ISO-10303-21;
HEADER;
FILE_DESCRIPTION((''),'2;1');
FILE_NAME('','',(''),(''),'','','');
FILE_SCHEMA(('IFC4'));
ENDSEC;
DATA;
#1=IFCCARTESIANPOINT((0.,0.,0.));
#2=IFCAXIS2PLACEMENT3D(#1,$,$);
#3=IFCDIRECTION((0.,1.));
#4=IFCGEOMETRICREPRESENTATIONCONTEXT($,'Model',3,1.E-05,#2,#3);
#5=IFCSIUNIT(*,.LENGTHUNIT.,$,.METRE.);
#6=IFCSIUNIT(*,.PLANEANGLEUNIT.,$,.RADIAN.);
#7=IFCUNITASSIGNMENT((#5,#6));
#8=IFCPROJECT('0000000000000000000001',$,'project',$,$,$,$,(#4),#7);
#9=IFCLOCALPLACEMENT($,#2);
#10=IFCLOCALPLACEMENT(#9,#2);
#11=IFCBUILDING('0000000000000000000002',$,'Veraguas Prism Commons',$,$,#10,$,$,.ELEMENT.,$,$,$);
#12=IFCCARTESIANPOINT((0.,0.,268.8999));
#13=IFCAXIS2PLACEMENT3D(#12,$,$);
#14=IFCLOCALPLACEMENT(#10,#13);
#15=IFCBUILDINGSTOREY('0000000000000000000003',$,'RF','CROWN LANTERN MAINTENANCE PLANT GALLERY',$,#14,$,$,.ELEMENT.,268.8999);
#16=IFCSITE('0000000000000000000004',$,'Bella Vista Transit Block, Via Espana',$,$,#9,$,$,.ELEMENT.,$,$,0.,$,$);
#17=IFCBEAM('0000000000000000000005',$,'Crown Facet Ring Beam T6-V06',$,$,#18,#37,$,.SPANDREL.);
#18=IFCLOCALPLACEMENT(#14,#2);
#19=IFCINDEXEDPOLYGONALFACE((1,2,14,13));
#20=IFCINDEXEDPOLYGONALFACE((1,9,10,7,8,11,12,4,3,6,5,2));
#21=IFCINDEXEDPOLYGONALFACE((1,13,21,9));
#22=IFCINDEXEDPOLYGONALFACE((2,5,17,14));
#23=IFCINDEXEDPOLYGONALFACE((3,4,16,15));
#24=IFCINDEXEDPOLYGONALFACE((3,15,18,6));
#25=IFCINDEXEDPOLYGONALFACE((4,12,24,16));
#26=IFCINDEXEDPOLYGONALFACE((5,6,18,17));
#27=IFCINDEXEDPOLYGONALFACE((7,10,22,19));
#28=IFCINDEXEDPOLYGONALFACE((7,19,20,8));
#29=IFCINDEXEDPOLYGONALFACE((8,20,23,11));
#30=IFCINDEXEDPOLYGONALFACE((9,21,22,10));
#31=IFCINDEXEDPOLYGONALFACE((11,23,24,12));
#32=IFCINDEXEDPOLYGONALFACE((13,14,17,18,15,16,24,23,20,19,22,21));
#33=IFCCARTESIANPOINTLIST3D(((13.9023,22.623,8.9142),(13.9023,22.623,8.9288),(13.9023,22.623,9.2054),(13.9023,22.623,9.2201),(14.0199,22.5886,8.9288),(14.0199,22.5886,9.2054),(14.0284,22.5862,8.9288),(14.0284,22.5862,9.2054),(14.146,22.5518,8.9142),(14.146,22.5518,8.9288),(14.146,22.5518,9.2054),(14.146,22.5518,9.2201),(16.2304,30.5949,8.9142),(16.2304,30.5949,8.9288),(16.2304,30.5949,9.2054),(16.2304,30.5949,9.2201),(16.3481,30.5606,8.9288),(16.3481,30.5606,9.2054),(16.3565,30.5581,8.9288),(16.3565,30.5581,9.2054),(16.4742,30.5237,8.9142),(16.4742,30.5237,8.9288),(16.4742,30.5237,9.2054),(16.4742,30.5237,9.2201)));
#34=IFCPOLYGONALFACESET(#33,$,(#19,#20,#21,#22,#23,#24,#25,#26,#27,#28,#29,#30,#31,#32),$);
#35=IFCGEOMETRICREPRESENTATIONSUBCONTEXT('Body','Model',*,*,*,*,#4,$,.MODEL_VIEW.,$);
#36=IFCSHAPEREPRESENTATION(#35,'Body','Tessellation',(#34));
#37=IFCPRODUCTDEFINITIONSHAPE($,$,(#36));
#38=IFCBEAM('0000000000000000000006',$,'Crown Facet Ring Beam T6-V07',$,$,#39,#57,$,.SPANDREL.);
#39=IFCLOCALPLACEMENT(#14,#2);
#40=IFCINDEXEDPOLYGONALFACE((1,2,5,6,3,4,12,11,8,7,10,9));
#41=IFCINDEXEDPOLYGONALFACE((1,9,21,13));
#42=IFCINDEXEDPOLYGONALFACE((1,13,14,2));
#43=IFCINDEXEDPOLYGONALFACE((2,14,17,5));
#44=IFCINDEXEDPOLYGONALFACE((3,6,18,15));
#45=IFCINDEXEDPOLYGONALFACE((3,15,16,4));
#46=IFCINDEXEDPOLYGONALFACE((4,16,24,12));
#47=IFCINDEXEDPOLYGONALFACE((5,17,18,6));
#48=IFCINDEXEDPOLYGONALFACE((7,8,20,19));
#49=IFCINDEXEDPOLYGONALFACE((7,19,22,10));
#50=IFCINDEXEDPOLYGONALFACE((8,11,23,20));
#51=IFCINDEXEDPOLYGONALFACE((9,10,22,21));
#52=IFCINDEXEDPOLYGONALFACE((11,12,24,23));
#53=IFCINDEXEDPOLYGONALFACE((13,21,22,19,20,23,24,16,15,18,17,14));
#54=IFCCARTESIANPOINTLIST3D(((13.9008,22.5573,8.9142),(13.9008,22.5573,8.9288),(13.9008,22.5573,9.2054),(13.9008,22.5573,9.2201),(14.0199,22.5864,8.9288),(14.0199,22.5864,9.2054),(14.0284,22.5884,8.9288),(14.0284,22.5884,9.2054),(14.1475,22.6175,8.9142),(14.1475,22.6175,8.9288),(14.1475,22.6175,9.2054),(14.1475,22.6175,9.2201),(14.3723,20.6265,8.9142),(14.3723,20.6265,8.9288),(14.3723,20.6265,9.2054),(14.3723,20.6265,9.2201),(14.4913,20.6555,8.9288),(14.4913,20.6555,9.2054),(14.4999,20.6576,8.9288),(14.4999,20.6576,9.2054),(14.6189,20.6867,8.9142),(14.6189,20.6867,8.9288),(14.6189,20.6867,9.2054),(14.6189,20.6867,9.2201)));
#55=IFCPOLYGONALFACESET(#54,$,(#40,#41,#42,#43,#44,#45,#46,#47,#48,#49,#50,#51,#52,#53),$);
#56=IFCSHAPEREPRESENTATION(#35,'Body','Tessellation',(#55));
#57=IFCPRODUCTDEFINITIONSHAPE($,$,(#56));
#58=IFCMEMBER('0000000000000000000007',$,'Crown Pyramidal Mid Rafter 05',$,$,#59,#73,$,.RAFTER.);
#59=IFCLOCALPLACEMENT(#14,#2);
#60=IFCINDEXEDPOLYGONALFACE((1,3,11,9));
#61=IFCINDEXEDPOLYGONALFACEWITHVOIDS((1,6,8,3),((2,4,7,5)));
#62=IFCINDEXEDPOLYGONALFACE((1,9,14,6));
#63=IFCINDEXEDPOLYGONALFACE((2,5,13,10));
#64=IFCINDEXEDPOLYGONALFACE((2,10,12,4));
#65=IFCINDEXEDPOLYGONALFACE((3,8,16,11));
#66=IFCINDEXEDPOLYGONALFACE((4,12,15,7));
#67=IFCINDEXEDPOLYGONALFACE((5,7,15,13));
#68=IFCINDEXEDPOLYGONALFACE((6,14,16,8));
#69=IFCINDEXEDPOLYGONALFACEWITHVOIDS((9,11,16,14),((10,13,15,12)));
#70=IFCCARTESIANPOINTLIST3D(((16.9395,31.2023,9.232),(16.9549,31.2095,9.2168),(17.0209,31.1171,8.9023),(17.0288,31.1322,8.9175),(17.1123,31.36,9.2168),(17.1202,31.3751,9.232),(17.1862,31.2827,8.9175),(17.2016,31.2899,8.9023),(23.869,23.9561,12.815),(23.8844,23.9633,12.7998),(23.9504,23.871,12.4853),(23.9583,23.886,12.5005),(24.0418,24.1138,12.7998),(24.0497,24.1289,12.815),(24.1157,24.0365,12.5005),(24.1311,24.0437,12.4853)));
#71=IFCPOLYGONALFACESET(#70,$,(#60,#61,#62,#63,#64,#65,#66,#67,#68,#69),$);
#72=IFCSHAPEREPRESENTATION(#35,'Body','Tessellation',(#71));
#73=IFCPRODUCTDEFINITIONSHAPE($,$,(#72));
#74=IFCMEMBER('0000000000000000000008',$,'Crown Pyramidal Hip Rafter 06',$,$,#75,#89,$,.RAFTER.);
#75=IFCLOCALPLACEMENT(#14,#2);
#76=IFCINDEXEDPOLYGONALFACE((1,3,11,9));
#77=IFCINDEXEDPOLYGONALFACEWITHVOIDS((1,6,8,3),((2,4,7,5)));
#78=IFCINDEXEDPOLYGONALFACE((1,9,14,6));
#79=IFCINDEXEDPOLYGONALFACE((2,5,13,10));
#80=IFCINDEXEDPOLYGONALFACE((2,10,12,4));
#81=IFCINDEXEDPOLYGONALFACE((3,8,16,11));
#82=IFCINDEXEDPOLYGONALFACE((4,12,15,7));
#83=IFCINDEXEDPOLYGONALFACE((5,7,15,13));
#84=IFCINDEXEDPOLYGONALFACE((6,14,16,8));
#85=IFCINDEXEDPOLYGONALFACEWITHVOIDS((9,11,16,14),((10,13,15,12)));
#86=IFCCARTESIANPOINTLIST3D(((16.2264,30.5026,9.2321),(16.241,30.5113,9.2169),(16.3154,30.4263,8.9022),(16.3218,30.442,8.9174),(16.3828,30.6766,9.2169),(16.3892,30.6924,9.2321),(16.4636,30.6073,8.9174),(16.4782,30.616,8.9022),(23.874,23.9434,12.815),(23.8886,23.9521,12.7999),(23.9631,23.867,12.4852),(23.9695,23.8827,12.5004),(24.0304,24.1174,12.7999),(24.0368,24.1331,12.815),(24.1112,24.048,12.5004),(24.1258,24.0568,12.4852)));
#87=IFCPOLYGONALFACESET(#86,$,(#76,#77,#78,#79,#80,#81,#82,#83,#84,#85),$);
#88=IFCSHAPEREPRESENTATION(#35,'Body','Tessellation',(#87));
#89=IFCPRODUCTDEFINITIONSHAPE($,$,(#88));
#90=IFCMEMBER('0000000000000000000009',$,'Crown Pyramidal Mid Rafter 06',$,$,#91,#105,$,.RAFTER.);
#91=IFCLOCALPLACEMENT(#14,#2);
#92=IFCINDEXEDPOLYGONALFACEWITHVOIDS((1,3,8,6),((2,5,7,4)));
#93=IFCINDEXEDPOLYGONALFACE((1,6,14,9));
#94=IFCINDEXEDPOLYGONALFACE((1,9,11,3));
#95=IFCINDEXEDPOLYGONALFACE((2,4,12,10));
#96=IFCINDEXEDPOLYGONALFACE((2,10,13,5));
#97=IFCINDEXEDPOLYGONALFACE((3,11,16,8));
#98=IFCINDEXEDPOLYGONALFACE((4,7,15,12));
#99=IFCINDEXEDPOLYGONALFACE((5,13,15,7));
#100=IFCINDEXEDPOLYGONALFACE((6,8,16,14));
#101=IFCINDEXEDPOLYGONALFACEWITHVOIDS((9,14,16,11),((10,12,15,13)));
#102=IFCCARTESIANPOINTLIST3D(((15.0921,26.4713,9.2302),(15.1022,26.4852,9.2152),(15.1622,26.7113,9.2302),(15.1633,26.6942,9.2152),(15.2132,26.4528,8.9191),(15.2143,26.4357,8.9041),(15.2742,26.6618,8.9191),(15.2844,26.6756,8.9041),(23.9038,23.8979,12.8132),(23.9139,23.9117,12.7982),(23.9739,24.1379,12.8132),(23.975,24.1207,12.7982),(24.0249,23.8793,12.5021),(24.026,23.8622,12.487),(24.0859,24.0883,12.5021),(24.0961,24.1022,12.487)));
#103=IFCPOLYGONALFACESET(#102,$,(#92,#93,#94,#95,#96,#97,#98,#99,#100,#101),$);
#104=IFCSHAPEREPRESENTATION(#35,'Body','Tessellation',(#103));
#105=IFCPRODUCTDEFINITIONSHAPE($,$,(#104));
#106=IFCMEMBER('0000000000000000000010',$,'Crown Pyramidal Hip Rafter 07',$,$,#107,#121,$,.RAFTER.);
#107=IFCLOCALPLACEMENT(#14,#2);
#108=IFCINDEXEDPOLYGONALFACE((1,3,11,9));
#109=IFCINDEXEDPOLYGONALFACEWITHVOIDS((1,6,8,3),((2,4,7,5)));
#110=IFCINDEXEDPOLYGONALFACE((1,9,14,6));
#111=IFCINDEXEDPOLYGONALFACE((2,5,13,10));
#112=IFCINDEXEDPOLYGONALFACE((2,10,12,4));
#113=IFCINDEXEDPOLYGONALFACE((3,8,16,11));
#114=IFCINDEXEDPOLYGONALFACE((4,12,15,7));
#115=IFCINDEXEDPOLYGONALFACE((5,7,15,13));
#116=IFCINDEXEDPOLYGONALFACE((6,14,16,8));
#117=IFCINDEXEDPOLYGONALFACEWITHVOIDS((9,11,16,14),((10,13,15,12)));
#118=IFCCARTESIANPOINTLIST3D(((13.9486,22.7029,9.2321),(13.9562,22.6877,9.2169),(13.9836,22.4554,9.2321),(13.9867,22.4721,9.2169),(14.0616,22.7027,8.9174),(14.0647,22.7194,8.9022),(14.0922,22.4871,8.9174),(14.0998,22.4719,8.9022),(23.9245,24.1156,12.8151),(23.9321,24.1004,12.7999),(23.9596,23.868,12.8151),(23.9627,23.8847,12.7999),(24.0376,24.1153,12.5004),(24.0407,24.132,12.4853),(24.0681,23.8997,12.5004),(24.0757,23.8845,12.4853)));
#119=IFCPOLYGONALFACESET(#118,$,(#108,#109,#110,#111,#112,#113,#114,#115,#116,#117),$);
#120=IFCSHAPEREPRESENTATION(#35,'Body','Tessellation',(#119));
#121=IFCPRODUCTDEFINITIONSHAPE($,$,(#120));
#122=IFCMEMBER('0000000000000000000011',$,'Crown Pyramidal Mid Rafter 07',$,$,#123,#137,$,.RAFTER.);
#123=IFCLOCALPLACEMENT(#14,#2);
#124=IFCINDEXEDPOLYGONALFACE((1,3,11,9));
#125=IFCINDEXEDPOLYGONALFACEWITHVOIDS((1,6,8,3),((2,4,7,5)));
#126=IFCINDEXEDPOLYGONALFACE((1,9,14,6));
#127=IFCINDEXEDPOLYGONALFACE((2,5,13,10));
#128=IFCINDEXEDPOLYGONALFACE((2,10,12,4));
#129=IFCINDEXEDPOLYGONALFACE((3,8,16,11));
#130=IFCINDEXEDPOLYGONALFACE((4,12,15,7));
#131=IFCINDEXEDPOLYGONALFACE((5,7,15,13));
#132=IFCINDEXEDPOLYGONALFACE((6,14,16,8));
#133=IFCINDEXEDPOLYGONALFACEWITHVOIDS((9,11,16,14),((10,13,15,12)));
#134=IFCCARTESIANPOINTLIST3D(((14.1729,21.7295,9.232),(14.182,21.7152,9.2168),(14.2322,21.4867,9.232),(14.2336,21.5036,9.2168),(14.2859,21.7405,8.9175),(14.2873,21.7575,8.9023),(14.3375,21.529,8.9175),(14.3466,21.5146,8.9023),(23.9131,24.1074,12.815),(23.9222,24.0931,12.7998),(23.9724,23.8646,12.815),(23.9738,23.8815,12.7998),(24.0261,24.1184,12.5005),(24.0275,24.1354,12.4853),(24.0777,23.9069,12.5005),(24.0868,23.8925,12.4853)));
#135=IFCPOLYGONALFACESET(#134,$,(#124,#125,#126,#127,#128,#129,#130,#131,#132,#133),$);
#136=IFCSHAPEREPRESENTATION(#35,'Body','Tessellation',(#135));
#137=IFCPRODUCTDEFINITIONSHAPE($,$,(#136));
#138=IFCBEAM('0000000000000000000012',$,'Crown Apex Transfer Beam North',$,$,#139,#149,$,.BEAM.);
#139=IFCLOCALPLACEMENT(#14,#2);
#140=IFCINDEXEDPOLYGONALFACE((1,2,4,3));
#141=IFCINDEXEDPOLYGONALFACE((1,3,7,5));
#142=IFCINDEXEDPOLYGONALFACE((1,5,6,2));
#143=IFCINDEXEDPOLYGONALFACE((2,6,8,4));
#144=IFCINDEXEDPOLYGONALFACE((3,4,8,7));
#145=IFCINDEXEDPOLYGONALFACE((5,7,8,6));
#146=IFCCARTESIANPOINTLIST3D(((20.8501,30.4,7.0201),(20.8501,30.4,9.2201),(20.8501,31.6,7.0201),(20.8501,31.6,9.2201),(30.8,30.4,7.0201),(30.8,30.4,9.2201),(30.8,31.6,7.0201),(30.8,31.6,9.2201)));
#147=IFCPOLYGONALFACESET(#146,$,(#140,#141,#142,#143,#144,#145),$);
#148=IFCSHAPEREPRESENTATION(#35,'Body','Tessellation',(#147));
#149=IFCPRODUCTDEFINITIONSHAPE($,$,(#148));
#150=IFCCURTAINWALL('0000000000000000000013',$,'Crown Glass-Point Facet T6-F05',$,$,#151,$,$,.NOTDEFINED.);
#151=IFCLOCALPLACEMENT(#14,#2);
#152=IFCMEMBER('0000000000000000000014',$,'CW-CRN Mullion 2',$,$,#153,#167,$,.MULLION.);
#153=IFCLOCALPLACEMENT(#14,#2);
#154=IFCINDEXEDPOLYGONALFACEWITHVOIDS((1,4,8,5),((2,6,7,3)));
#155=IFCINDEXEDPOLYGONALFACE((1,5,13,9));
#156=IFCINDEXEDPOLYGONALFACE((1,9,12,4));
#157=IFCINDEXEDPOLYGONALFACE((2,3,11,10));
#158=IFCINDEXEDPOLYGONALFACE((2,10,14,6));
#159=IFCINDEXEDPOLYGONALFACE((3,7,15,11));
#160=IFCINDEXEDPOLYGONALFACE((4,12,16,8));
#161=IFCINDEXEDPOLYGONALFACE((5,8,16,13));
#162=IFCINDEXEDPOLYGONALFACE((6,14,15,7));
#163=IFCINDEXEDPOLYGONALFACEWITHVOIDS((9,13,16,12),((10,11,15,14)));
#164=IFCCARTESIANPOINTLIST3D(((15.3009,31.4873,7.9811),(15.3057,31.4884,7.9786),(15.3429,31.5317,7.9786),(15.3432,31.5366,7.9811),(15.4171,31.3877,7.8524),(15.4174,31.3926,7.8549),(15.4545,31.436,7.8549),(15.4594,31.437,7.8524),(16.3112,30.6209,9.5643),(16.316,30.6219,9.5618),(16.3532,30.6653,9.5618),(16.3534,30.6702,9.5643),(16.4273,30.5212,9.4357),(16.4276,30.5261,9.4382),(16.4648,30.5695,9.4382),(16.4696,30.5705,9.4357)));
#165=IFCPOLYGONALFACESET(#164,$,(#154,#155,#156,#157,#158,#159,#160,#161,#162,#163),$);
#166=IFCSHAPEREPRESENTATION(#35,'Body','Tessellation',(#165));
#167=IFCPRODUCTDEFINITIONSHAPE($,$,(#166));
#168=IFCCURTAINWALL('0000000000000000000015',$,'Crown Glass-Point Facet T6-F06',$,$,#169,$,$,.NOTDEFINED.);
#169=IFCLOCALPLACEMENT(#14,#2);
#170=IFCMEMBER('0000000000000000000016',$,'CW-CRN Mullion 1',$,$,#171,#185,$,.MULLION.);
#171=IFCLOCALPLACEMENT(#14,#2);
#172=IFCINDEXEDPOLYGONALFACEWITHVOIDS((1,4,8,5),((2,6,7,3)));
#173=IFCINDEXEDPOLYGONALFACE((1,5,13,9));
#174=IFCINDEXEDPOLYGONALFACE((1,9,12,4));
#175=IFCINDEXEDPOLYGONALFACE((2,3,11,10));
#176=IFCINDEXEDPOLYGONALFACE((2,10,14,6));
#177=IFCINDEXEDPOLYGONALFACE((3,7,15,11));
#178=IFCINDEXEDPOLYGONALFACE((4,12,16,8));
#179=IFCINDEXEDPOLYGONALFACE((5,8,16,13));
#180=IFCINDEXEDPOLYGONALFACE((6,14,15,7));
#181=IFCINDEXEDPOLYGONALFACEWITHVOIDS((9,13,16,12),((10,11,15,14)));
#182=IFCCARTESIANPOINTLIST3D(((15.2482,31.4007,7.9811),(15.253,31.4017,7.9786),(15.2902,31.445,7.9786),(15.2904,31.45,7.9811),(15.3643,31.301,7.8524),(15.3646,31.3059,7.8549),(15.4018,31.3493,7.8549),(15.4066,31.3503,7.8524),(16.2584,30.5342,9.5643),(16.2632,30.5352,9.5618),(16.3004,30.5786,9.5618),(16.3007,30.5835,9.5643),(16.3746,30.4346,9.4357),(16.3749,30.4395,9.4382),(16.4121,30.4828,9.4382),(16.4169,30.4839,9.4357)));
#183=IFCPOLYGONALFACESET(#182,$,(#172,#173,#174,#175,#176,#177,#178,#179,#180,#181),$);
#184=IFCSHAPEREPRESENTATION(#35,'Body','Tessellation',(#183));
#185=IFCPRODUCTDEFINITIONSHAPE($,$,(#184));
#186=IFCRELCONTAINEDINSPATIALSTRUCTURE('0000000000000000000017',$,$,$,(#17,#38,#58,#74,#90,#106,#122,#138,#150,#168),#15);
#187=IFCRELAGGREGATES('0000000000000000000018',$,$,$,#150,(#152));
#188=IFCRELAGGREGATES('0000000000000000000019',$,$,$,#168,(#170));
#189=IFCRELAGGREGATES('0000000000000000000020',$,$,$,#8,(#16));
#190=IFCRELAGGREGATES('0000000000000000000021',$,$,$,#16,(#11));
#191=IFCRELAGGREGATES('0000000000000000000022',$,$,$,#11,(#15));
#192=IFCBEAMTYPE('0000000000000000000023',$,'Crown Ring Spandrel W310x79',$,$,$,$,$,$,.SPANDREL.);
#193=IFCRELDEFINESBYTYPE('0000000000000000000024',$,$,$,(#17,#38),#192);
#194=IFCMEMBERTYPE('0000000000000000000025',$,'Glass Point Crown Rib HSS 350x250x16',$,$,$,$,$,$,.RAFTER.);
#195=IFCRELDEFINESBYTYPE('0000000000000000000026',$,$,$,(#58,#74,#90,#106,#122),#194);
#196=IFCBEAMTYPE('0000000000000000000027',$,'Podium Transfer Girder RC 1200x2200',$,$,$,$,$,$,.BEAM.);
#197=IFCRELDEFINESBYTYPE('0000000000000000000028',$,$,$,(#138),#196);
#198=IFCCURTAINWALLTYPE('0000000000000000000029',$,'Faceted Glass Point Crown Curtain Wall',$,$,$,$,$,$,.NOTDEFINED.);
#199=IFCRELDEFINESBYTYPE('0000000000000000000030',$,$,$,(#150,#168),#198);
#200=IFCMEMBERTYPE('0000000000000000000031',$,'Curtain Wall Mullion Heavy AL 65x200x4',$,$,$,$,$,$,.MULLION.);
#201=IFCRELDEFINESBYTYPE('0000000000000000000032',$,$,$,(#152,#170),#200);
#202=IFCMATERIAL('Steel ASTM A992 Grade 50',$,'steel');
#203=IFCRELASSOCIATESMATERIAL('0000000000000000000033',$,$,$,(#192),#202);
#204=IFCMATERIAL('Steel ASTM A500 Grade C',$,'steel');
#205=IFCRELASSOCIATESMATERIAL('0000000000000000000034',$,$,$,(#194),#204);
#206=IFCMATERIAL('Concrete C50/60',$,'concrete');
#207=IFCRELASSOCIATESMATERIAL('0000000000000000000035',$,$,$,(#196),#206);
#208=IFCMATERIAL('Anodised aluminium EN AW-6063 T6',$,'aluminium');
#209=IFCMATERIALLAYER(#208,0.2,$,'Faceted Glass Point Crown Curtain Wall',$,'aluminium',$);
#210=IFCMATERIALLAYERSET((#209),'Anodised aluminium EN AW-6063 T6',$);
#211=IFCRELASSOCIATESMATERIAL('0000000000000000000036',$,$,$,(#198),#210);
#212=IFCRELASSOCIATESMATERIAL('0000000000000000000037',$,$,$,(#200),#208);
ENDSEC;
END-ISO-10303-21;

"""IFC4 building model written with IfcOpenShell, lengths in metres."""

from ifc_helpers import new_model, si_unit, direction, frame, origin, origin_2d, place, context, subcontext, project, spatial, rectangle, hollow_rectangle, i_section, extrude, source, transform, mapped, material, layer, layer_set, material_profile, profile_set, type_object, element, aggregate, save


model = new_model("IFC4")

# Units and contexts
model_context = context("Model", 3, precision=1e-05, world=origin(), true_north=direction((0.0, 1.0)))
body_context = subcontext(model_context, "Body", "Model", "MODEL_VIEW")
ifc_project = project(units=[si_unit("LENGTHUNIT", "METRE"), si_unit("PLANEANGLEUNIT", "RADIAN")], contexts=[model_context])

# Site, building, storey
site_placement = place(None, origin())
site = spatial("IfcSite", under=ifc_project, at=site_placement, Name="Bella Vista Transit Block, Via Espana", CompositionType="ELEMENT", RefElevation=0.0)
building_placement = place(site_placement, origin())
building = spatial("IfcBuilding", under=site, at=building_placement, Name="Veraguas Prism Commons", CompositionType="ELEMENT")
storey_placement = place(building_placement, frame((0.0, 0.0, 268.8999)))
storey = spatial("IfcBuildingStorey", under=building, at=storey_placement, Name="RF", Description="CROWN LANTERN MAINTENANCE PLANT GALLERY", CompositionType="ELEMENT", Elevation=268.8999)

# Shared definitions
ifc_material_1 = material(Name="Steel ASTM A992 Grade 50", Category="steel")

# Shared definitions
ifc_material_2 = material(Name="Steel ASTM A500 Grade C", Category="steel")

# Beams
ifc_material_profile_1 = material_profile(ifc_material_1, i_section(OverallWidth=0.2539, OverallDepth=0.3059, WebThickness=0.0088, FlangeThickness=0.0146, at=origin_2d()), Name="W310X79")
ifc_profile_set_1 = profile_set([ifc_material_profile_1], Name="Steel ASTM A992 Grade 50")
beam_type_1 = type_object("IfcBeamType", Name="Crown Ring Spandrel W310x79", PredefinedType="SPANDREL", material=ifc_profile_set_1)
beam_1_placement = place(storey_placement, frame((16.3523, 30.5593, 9.0671), z_axis=(-0.280331, -0.959903, 0.0), x_axis=(0.959903, -0.280331, 0.0)))
element("IfcBeam", 1, at=beam_1_placement, inside=storey, type_object=beam_type_1, Name="Crown Facet Ring Beam T6-V06", PredefinedType="SPANDREL", context=body_context, shape_type="SweptSolid", body=[
    extrude(i_section(OverallWidth=0.2539, OverallDepth=0.3059, WebThickness=0.0088, FlangeThickness=0.0146, at=origin_2d()), origin(), (0.0, 0.0, 1.0), 8.3049),
])
beam_2_placement = place(storey_placement, frame((14.0242, 22.5874, 9.0671), z_axis=(0.237185, -0.971464, 0.0), x_axis=(0.971464, 0.237185, 0.0)))
element("IfcBeam", 2, at=beam_2_placement, inside=storey, type_object=beam_type_1, Name="Crown Facet Ring Beam T6-V07", PredefinedType="SPANDREL", context=body_context, shape_type="SweptSolid", body=[
    extrude(i_section(OverallWidth=0.2539, OverallDepth=0.3059, WebThickness=0.0088, FlangeThickness=0.0146, at=origin_2d()), origin(), (0.0, 0.0, 1.0), 1.9875),
])

# Members
ifc_material_profile_2 = material_profile(ifc_material_2, hollow_rectangle(XDim=0.25, YDim=0.3501, WallThickness=0.0161, at=origin_2d()), Name="HSS350X250X16")
ifc_profile_set_2 = profile_set([ifc_material_profile_2], Name="Steel ASTM A500 Grade C")
member_type_1 = type_object("IfcMemberType", Name="Glass Point Crown Rib HSS 350x250x16", PredefinedType="RAFTER", material=ifc_profile_set_2)
member_1_placement = place(storey_placement, frame((17.0706, 31.2461, 9.0671), z_axis=(0.650828, -0.680569, 0.336524), x_axis=(0.722722, 0.691139, 0.0)))
element("IfcMember", 3, at=member_1_placement, inside=storey, type_object=member_type_1, Name="Crown Pyramidal Mid Rafter 05", PredefinedType="RAFTER", context=body_context, shape_type="SweptSolid", body=[
    extrude(hollow_rectangle(XDim=0.25, YDim=0.3501, WallThickness=0.0161, at=origin_2d()), origin(), (0.0, 0.0, 1.0), 10.6472),
])
member_2_placement = place(storey_placement, frame((16.3523, 30.5593, 9.0671), z_axis=(0.715176, -0.613396, 0.335065), x_axis=(0.651029, 0.759053, 0.0)))
element("IfcMember", 4, at=member_2_placement, inside=storey, type_object=member_type_1, Name="Crown Pyramidal Hip Rafter 06", PredefinedType="RAFTER", context=body_context, shape_type="SweptSolid", body=[
    extrude(hollow_rectangle(XDim=0.25, YDim=0.3501, WallThickness=0.0161, at=origin_2d()), origin(), (0.0, 0.0, 1.0), 10.6934),
])
member_3_placement = place(storey_placement, frame((15.1882, 26.5735, 9.0671), z_axis=(0.894202, -0.261153, 0.363597), x_axis=(0.28034, 0.959901, 0.0)))
element("IfcMember", 5, at=member_3_placement, inside=storey, type_object=member_type_1, Name="Crown Pyramidal Mid Rafter 06", PredefinedType="RAFTER", context=body_context, shape_type="SweptSolid", body=[
    extrude(hollow_rectangle(XDim=0.25, YDim=0.3501, WallThickness=0.0161, at=origin_2d()), origin(), (0.0, 0.0, 1.0), 9.8542),
])
member_4_placement = place(storey_placement, frame((14.0242, 22.5874, 9.0671), z_axis=(0.932889, 0.132099, 0.335065), x_axis=(-0.140203, 0.990123, 0.0)))
element("IfcMember", 6, at=member_4_placement, inside=storey, type_object=member_type_1, Name="Crown Pyramidal Hip Rafter 07", PredefinedType="RAFTER", context=body_context, shape_type="SweptSolid", body=[
    extrude(hollow_rectangle(XDim=0.25, YDim=0.3501, WallThickness=0.0161, at=origin_2d()), origin(), (0.0, 0.0, 1.0), 10.6936),
])
member_5_placement = place(storey_placement, frame((14.2598, 21.6221, 9.0671), z_axis=(0.914809, 0.223337, 0.336518), x_axis=(-0.237169, 0.971468, 0.0)))
element("IfcMember", 7, at=member_5_placement, inside=storey, type_object=member_type_1, Name="Crown Pyramidal Mid Rafter 07", PredefinedType="RAFTER", context=body_context, shape_type="SweptSolid", body=[
    extrude(hollow_rectangle(XDim=0.25, YDim=0.3501, WallThickness=0.0161, at=origin_2d()), origin(), (0.0, 0.0, 1.0), 10.6472),
])

# Beam
ifc_material_3 = material(Name="Concrete C50/60", Category="concrete")
ifc_material_profile_3 = material_profile(ifc_material_3, rectangle(XDim=1.2, YDim=2.2, at=origin_2d()), Name="RC1200X2200")
ifc_profile_set_3 = profile_set([ifc_material_profile_3], Name="Concrete C50/60")
beam_type_2 = type_object("IfcBeamType", Name="Podium Transfer Girder RC 1200x2200", PredefinedType="BEAM", material=ifc_profile_set_3)
beam_3_placement = place(storey_placement, frame((20.8501, 31.0, 8.1201), z_axis=(1.0, 0.0, 0.0), x_axis=(0.0, 1.0, 0.0)))
element("IfcBeam", 8, at=beam_3_placement, inside=storey, type_object=beam_type_2, Name="Crown Apex Transfer Beam North", PredefinedType="BEAM", context=body_context, shape_type="SweptSolid", body=[
    extrude(rectangle(XDim=1.2, YDim=2.2, at=origin_2d()), origin(), (0.0, 0.0, 1.0), 9.95),
])

# Curtain walls, members
ifc_material_4 = material(Name="Anodised aluminium EN AW-6063 T6", Category="aluminium")
ifc_layer_1 = layer(ifc_material_4, 0.2, Name="Faceted Glass Point Crown Curtain Wall", Category="aluminium")
ifc_layer_set_1 = layer_set([ifc_layer_1], Name="Anodised aluminium EN AW-6063 T6")
curtain_wall_type = type_object("IfcCurtainWallType", Name="Faceted Glass Point Crown Curtain Wall", PredefinedType="NOTDEFINED", material=ifc_layer_set_1)
curtain_wall_1_placement = place(storey_placement, origin())
curtain_wall_1 = element("IfcCurtainWall", 9, at=curtain_wall_1_placement, inside=storey, type_object=curtain_wall_type, Name="Crown Glass-Point Facet T6-F05", PredefinedType="NOTDEFINED")
ifc_material_profile_4 = material_profile(ifc_material_4, hollow_rectangle(XDim=0.0649, YDim=0.2, WallThickness=0.0039, at=origin_2d()), Name="AL65X200X4")
ifc_profile_set_4 = profile_set([ifc_material_profile_4], Name="Anodised aluminium EN AW-6063 T6")
member_type_2 = type_object("IfcMemberType", Name="Curtain Wall Mullion Heavy AL 65x200x4", PredefinedType="MULLION", material=ifc_profile_set_4)
shared_shape_1 = source(origin(), body_context, "Body", "SweptSolid", [
    extrude(hollow_rectangle(XDim=0.0649, YDim=0.2, WallThickness=0.0039, at=origin_2d()), origin(), (0.0, 0.0, 1.0), 2.0684),
])
member_6_placement = place(storey_placement, frame((15.3801, 31.4622, 7.9167), z_axis=(0.488436, -0.418913, 0.765469), x_axis=(0.651018, 0.759062, 0.0)))
member_6 = element("IfcMember", 10, at=member_6_placement, type_object=member_type_2, Name="CW-CRN Mullion 2", PredefinedType="MULLION", context=body_context, shape_type="MappedRepresentation", body=[
    mapped(shared_shape_1, transform((0.0, 0.0, 0.0), scale=1.0)),
])
aggregate(curtain_wall_1, [member_6])
curtain_wall_2_placement = place(storey_placement, origin())
curtain_wall_2 = element("IfcCurtainWall", 11, at=curtain_wall_2_placement, inside=storey, type_object=curtain_wall_type, Name="Crown Glass-Point Facet T6-F06", PredefinedType="NOTDEFINED")
member_7_placement = place(storey_placement, frame((15.3274, 31.3755, 7.9167), z_axis=(0.488436, -0.418913, 0.765469), x_axis=(0.651018, 0.759062, 0.0)))
member_7 = element("IfcMember", 12, at=member_7_placement, type_object=member_type_2, Name="CW-CRN Mullion 1", PredefinedType="MULLION", context=body_context, shape_type="MappedRepresentation", body=[
    mapped(shared_shape_1, transform((0.0, 0.0, 0.0), scale=1.0)),
])

aggregate(curtain_wall_2, [member_7])

save(model, "model.ifc")
